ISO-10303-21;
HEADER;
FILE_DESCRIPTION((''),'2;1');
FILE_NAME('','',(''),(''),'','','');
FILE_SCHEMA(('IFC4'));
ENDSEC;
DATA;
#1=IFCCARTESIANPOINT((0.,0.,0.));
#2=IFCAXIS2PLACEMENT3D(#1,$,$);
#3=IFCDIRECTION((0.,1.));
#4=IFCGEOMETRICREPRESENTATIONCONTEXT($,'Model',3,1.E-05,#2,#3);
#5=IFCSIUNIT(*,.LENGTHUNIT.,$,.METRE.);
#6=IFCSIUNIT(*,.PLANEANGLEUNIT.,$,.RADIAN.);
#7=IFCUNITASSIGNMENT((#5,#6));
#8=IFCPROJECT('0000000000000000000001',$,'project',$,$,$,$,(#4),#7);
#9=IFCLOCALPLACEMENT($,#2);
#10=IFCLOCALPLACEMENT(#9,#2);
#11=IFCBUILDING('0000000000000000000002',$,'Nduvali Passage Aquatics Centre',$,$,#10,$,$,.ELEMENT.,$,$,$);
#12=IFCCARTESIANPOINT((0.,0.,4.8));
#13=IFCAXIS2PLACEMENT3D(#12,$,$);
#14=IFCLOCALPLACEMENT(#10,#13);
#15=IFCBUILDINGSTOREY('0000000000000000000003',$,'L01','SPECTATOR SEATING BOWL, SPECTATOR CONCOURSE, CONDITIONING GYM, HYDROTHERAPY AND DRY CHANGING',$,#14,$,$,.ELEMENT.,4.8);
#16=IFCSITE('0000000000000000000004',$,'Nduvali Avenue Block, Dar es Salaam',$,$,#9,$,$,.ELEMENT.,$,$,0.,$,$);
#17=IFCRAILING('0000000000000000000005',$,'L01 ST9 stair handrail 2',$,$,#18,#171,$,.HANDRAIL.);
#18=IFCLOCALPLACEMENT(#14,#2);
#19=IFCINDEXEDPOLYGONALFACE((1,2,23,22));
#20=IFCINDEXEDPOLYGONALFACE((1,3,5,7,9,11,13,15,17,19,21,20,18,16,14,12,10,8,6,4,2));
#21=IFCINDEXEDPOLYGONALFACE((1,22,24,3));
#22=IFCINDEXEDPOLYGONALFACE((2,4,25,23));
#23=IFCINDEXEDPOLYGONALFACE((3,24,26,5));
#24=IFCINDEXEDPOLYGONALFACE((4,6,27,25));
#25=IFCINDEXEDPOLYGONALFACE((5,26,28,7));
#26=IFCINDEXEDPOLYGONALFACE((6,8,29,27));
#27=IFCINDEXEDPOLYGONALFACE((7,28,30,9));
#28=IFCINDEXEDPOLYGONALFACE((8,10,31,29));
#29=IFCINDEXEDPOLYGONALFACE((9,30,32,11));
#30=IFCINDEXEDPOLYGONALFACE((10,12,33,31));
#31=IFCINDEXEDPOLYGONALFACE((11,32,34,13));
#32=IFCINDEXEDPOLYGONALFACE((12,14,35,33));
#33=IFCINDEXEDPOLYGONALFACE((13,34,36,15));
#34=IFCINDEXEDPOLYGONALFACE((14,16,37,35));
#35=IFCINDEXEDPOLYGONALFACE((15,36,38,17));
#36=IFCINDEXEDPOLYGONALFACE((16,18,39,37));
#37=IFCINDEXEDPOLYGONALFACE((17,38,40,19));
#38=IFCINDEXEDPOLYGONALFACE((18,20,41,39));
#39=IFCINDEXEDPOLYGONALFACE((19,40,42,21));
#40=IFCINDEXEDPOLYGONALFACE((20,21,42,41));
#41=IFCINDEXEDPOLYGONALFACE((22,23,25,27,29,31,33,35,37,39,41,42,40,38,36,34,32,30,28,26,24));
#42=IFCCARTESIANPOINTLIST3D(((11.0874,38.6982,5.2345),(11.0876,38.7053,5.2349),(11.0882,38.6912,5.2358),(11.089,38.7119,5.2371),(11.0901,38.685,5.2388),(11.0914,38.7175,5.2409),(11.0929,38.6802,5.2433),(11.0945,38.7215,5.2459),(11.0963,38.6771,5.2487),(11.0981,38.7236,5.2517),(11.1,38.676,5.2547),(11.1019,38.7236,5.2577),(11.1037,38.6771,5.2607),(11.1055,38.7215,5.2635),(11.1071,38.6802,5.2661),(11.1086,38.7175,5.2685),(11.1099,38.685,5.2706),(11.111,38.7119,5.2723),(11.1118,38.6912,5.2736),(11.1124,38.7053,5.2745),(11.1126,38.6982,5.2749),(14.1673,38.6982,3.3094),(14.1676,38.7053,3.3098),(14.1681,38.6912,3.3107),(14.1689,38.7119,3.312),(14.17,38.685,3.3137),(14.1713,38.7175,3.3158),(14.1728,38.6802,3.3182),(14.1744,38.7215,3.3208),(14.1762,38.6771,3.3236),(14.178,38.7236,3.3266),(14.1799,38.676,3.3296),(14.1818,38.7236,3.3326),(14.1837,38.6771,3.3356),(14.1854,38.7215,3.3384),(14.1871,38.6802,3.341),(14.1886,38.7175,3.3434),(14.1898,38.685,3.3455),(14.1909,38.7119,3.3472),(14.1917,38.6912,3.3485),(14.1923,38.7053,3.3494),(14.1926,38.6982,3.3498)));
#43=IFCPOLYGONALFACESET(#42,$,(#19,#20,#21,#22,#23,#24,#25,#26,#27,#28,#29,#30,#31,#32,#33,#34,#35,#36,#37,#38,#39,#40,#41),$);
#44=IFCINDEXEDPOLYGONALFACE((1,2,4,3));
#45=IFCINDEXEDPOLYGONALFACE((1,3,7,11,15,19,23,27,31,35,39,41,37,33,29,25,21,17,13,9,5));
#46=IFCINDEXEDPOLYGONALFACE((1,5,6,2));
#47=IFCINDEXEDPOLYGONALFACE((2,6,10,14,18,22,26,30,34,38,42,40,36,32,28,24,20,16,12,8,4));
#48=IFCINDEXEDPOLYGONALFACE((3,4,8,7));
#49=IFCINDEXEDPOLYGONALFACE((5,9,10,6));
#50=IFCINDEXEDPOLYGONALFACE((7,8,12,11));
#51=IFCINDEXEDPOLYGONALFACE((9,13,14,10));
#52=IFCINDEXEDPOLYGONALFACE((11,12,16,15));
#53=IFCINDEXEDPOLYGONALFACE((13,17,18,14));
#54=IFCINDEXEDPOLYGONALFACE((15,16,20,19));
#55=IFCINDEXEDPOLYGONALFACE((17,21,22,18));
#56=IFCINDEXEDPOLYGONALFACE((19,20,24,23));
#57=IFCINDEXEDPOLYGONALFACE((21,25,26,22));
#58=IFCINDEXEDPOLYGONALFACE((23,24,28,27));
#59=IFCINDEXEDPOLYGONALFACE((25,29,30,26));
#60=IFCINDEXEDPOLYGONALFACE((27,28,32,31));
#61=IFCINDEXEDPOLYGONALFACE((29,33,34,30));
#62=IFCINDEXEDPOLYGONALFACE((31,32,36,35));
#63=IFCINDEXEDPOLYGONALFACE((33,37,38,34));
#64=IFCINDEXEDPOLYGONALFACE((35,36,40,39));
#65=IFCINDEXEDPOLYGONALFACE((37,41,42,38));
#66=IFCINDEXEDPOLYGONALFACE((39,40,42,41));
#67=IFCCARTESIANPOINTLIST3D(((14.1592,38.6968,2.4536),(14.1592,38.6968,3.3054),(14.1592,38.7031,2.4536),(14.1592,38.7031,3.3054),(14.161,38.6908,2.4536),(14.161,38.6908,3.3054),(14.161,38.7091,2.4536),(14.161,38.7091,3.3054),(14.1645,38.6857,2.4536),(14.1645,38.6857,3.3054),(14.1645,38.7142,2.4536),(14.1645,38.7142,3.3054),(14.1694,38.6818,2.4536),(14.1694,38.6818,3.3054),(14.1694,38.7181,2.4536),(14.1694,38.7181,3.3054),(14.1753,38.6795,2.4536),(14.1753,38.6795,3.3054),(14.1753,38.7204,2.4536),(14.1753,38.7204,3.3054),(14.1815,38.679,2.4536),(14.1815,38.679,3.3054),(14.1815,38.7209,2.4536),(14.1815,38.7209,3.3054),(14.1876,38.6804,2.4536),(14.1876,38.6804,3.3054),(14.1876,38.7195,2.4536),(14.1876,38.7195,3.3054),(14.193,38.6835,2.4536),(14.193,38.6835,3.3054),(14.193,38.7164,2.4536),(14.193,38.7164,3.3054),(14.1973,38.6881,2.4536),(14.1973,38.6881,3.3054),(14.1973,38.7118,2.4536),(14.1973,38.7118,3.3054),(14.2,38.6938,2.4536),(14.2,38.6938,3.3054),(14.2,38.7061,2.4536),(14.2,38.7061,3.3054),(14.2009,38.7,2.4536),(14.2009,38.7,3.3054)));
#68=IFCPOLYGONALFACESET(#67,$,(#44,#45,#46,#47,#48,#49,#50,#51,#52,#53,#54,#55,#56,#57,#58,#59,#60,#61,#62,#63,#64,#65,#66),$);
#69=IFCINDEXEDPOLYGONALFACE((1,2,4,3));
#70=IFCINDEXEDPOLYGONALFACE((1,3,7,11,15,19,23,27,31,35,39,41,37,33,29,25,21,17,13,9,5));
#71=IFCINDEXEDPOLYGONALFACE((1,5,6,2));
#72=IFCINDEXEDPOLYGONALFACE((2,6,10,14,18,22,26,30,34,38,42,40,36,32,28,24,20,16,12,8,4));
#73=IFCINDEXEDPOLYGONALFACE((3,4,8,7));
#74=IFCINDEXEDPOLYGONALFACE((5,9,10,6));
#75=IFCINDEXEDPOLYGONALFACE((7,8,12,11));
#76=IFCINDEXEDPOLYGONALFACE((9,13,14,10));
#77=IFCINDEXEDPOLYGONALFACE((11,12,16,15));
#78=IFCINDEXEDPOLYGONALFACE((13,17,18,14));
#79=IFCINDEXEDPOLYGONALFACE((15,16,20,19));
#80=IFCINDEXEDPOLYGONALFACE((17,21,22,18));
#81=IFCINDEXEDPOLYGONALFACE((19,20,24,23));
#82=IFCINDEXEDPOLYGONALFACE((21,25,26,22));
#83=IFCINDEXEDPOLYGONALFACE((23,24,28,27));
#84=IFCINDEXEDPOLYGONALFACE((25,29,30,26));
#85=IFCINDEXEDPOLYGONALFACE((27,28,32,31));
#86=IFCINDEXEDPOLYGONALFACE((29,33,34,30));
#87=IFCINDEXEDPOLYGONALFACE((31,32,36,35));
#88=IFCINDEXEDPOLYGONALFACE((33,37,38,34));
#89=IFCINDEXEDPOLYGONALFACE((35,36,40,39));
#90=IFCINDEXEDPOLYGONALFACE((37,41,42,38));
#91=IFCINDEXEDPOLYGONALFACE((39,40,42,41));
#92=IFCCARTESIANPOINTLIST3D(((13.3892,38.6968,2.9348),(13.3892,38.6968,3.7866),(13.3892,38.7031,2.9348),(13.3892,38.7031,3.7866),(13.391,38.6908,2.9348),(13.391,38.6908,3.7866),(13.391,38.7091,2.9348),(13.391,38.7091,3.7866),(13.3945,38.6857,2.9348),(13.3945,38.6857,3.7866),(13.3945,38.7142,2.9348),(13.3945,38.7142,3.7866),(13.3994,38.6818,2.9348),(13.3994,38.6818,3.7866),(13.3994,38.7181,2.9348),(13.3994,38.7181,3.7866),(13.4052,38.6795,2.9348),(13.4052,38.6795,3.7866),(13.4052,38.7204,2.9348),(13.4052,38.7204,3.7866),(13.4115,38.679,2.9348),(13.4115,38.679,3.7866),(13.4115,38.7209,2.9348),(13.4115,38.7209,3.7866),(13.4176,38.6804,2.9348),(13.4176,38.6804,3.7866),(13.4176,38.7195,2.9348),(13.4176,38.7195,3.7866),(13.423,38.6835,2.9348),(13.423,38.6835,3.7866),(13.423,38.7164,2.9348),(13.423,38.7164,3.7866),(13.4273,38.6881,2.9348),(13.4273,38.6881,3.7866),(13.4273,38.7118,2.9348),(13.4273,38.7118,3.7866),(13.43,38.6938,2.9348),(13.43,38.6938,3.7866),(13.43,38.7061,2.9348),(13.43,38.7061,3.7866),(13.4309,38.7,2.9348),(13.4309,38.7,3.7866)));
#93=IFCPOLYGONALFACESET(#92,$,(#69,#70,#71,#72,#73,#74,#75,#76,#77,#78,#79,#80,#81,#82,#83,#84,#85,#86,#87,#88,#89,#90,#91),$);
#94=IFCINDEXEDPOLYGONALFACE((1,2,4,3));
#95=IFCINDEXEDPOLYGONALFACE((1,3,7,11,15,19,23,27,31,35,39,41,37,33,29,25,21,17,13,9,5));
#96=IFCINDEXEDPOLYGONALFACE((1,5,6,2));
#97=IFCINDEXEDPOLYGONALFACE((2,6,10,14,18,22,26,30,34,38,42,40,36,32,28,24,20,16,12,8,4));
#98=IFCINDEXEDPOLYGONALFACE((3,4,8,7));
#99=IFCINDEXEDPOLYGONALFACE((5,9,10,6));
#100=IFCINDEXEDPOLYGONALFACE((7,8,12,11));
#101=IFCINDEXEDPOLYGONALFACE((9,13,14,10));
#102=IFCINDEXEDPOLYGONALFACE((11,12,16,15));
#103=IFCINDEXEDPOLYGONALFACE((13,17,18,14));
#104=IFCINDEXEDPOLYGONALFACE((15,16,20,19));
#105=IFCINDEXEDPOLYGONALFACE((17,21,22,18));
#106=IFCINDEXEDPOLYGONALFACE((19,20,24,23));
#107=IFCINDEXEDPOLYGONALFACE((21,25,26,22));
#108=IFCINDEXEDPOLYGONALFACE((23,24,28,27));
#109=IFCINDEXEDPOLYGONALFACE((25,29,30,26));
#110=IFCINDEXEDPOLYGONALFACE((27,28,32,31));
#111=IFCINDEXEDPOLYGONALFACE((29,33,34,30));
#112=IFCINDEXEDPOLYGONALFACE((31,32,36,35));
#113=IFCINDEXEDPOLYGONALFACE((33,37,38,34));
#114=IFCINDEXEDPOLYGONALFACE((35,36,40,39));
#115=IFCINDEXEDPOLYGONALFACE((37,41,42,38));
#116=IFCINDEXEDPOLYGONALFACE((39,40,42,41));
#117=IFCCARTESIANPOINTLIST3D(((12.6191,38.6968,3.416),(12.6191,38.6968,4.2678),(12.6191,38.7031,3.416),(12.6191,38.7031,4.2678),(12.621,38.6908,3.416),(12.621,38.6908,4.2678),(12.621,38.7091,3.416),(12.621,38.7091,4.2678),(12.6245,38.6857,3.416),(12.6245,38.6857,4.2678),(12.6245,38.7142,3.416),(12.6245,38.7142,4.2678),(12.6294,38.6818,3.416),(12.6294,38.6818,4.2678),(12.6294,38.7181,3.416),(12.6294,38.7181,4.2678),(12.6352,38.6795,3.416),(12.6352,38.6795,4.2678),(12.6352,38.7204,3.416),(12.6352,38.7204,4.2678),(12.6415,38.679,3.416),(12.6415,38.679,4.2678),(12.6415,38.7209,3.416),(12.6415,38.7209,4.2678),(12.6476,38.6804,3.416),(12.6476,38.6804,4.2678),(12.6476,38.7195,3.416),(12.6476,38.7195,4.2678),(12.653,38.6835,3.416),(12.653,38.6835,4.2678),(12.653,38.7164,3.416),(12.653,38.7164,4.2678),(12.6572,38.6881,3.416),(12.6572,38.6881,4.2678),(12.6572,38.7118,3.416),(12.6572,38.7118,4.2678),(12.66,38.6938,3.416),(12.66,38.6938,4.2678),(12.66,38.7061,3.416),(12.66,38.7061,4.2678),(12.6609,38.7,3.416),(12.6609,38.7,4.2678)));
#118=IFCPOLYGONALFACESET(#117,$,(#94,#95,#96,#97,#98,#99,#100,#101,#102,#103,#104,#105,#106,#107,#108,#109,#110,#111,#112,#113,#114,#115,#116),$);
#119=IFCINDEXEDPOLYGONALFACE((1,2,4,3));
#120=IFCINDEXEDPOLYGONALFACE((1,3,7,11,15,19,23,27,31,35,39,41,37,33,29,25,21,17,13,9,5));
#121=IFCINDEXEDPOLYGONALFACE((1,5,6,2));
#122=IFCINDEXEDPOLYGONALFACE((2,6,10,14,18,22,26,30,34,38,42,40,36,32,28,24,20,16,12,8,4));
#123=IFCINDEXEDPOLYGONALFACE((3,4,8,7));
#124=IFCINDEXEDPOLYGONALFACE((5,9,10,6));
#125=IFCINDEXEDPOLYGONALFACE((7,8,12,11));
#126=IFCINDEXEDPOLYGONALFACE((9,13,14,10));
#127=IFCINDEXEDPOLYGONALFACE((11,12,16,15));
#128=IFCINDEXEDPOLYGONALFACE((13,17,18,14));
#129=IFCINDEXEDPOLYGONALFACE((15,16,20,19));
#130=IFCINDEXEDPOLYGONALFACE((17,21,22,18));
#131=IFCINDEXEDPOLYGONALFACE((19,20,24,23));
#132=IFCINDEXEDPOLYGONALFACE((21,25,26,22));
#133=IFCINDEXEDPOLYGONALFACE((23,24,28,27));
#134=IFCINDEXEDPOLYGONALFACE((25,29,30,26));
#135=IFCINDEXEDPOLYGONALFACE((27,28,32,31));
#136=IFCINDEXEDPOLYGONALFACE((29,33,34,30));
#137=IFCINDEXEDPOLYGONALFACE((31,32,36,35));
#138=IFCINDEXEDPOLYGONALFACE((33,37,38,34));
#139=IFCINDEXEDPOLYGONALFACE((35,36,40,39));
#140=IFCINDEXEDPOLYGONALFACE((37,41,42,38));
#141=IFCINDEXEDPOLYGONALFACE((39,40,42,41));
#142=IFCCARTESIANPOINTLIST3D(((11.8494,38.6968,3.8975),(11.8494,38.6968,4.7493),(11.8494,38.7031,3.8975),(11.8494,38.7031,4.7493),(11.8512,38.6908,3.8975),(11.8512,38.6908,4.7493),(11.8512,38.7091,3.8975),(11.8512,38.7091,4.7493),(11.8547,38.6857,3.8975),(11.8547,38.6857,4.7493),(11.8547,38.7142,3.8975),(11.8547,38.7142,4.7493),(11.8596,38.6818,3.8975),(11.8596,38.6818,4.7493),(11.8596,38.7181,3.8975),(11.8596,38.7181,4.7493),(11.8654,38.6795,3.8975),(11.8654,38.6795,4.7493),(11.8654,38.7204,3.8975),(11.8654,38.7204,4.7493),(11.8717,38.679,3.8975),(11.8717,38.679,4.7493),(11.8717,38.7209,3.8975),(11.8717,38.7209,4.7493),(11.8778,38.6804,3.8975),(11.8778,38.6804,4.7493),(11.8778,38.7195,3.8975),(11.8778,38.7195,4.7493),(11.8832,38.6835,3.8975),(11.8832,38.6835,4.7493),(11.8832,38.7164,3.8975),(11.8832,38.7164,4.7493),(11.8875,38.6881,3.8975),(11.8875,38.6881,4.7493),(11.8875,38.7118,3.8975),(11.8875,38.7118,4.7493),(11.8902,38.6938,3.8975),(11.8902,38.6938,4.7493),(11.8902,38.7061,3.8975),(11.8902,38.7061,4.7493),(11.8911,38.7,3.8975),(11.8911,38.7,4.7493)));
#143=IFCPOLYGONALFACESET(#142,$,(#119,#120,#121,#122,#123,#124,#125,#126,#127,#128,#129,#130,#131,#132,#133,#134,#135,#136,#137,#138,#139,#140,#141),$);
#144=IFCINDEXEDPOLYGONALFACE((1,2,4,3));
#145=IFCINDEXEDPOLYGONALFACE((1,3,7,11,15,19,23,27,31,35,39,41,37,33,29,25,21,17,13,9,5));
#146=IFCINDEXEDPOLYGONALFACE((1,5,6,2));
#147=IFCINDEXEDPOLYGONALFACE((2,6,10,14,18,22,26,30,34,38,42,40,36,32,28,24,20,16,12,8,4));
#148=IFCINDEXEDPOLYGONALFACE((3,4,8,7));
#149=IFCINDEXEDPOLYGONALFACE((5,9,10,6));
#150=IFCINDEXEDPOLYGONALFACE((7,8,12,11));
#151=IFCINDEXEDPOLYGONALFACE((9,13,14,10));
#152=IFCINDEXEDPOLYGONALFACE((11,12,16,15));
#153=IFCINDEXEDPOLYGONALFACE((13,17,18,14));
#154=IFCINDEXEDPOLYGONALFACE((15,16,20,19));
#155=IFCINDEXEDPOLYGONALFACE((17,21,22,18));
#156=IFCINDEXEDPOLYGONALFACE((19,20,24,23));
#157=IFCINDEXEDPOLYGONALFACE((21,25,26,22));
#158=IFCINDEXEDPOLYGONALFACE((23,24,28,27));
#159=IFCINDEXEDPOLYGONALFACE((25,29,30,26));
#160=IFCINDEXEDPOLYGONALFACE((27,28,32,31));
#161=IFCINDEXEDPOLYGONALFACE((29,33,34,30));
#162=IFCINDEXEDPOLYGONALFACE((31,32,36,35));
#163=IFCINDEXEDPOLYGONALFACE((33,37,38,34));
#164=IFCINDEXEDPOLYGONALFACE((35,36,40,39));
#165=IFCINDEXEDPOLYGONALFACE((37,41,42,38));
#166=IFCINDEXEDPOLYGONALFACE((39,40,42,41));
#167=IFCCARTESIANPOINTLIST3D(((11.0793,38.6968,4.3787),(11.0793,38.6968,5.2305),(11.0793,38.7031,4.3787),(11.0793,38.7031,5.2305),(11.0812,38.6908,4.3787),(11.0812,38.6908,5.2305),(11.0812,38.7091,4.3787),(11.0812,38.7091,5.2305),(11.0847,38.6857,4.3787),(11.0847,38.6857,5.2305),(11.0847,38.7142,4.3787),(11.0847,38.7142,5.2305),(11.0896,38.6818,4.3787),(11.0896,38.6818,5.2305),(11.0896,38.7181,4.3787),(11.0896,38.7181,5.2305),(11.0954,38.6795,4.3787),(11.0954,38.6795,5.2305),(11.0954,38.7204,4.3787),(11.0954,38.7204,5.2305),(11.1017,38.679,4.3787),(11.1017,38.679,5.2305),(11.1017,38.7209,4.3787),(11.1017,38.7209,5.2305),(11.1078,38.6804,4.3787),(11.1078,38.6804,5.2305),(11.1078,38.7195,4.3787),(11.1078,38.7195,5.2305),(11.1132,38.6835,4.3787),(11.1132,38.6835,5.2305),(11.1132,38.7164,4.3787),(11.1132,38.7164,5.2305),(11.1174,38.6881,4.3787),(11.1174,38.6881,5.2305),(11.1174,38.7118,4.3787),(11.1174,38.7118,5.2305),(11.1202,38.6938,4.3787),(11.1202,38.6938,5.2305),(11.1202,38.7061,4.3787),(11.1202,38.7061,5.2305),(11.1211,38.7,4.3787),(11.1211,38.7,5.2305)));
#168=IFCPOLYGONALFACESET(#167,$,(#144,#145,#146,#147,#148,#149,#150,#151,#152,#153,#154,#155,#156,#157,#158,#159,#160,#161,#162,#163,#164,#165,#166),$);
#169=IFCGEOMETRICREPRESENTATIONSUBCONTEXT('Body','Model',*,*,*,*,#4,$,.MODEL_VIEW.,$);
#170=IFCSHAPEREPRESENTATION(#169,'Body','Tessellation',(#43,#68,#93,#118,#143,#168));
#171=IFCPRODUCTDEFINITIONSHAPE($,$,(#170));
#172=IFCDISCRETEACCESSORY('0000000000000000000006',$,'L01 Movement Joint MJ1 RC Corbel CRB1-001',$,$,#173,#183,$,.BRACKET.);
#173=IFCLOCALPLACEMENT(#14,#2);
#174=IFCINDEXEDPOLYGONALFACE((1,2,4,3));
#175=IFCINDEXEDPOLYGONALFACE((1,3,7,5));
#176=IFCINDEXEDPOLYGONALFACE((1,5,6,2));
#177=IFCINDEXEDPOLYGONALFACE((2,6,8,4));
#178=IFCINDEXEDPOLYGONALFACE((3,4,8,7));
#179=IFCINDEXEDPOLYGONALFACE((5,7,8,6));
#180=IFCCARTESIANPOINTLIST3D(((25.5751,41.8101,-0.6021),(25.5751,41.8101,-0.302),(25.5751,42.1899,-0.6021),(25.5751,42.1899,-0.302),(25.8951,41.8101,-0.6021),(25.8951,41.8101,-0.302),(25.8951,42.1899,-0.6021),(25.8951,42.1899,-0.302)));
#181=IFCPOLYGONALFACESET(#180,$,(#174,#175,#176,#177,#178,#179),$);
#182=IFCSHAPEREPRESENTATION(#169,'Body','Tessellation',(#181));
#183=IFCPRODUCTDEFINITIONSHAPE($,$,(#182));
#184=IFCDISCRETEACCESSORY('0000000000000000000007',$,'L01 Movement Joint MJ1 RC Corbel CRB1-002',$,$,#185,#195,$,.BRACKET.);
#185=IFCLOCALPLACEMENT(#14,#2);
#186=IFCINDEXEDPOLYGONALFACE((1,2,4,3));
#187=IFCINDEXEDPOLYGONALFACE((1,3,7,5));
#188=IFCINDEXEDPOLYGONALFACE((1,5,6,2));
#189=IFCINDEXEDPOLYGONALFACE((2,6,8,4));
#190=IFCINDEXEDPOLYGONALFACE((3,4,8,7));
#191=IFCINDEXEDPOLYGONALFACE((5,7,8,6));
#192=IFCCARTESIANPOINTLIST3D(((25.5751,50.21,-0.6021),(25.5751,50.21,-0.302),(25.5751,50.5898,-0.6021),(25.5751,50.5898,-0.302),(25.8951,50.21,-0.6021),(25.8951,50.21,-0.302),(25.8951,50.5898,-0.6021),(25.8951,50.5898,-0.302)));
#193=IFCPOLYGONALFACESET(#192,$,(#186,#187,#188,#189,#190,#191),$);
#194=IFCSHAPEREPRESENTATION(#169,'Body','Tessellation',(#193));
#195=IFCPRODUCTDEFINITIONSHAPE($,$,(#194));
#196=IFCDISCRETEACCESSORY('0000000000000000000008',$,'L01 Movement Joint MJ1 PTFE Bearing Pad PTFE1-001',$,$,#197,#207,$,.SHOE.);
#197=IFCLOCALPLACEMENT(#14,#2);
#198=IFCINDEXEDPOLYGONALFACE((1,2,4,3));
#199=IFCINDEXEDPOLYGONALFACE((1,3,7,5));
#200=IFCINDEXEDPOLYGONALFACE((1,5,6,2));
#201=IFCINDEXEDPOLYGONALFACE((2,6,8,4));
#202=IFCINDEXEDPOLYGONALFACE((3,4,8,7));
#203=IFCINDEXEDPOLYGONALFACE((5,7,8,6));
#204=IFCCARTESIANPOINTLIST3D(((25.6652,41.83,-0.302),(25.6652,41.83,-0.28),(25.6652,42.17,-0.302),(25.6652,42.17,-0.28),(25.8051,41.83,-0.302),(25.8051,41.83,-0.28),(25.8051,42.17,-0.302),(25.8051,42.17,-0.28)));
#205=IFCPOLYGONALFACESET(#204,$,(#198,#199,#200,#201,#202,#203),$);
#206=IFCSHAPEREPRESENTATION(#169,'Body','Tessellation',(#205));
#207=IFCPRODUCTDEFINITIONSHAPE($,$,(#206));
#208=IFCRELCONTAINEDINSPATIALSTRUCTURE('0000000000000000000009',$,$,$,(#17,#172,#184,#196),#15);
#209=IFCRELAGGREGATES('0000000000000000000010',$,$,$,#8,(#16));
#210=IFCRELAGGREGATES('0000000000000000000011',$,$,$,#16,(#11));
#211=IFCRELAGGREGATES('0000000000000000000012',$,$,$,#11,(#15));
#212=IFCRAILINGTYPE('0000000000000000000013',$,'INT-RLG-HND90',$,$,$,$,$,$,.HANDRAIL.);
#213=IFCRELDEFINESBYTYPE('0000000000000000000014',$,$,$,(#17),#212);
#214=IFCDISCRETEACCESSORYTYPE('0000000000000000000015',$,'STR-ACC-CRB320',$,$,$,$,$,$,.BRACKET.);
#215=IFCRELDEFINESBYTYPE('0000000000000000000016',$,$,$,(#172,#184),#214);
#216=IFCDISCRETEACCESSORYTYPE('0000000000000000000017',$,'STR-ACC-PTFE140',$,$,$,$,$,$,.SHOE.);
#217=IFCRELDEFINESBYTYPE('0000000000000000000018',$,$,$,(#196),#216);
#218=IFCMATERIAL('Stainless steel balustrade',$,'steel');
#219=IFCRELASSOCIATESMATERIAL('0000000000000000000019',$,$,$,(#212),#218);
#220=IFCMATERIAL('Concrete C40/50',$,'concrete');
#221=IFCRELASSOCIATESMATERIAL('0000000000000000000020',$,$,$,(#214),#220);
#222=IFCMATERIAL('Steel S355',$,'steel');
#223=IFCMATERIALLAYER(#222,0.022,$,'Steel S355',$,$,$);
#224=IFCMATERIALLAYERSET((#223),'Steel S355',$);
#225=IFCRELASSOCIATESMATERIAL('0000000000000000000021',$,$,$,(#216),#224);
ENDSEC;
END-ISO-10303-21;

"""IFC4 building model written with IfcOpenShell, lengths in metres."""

from ifc_helpers import new_model, si_unit, direction, frame, origin, origin_2d, place, context, subcontext, project, spatial, rectangle, circle, extrude, material, layer, layer_set, type_object, element, save


model = new_model("IFC4")

# Units and contexts
model_context = context("Model", 3, precision=1e-05, world=origin(), true_north=direction((0.0, 1.0)))
body_context = subcontext(model_context, "Body", "Model", "MODEL_VIEW")
ifc_project = project(units=[si_unit("LENGTHUNIT", "METRE"), si_unit("PLANEANGLEUNIT", "RADIAN")], contexts=[model_context])

# Site, building, storey
site_placement = place(None, origin())
site = spatial("IfcSite", under=ifc_project, at=site_placement, Name="Nduvali Avenue Block, Dar es Salaam", CompositionType="ELEMENT", RefElevation=0.0)
building_placement = place(site_placement, origin())
building = spatial("IfcBuilding", under=site, at=building_placement, Name="Nduvali Passage Aquatics Centre", CompositionType="ELEMENT")
storey_placement = place(building_placement, frame((0.0, 0.0, 4.8)))
storey = spatial("IfcBuildingStorey", under=building, at=storey_placement, Name="L01", Description="SPECTATOR SEATING BOWL, SPECTATOR CONCOURSE, CONDITIONING GYM, HYDROTHERAPY AND DRY CHANGING", CompositionType="ELEMENT", Elevation=4.8)

# Shared definitions
ifc_material_1 = material(Name="Steel S355", Category="steel")
ifc_material_2 = material(Name="Concrete C40/50", Category="concrete")

# Railing
ifc_material_3 = material(Name="Stainless steel balustrade", Category="steel")
railing_type_1 = type_object("IfcRailingType", Name="INT-RLG-HND90", PredefinedType="HANDRAIL", material=ifc_material_3)
railing_1_placement = place(storey_placement, frame((14.1799, 38.7, 2.4536)))
element("IfcRailing", 1, at=railing_1_placement, inside=storey, type_object=railing_type_1, Name="L01 ST9 stair handrail 2", PredefinedType="HANDRAIL", context=body_context, shape_type="SweptSolid", body=[
    extrude(circle(Radius=0.0239, at=origin_2d()), frame((0.0, 0.0, 0.876), z_axis=(-0.847979, 0.0, 0.530029), x_axis=(0.0, -1.0, 0.0)), (0.0, 0.0, 1.0), 3.6321),
    extrude(circle(Radius=0.021, at=origin_2d()), origin(), (0.0, 0.0, 1.0), 0.8518),
    extrude(circle(Radius=0.021, at=origin_2d()), frame((-0.77, 0.0, 0.4812)), (0.0, 0.0, 1.0), 0.8518),
    extrude(circle(Radius=0.021, at=origin_2d()), frame((-1.54, 0.0, 0.9624)), (0.0, 0.0, 1.0), 0.8518),
    extrude(circle(Radius=0.021, at=origin_2d()), frame((-2.3098, 0.0, 1.4438)), (0.0, 0.0, 1.0), 0.8518),
    extrude(circle(Radius=0.021, at=origin_2d()), frame((-3.0798, 0.0, 1.925)), (0.0, 0.0, 1.0), 0.8518),
])

# Discrete accessories
discrete_accessory_type_1 = type_object("IfcDiscreteAccessoryType", Name="STR-ACC-CRB320", PredefinedType="BRACKET", material=ifc_material_2)
for number, where, z_axis, x_axis, name in (
    (2, (25.7351, 42.0, -0.6021), (0.0, 0.0, 1.0), (1.0, 0.0, 0.0), "L01 Movement Joint MJ1 RC Corbel CRB1-001"),
    (3, (25.7351, 50.3999, -0.6021), (0.0, 0.0, 1.0), (1.0, 0.0, 0.0), "L01 Movement Joint MJ1 RC Corbel CRB1-002"),
):
    element("IfcDiscreteAccessory", number, at=place(storey_placement, frame(where, z_axis=z_axis, x_axis=x_axis)), inside=storey, type_object=discrete_accessory_type_1, Name=name, PredefinedType="BRACKET", context=body_context, shape_type="SweptSolid", body=[
        extrude(rectangle(XDim=0.3201, YDim=0.3799, at=origin_2d()), origin(), (0.0, 0.0, 1.0), 0.3),
    ])
ifc_layer_1 = layer(ifc_material_1, 0.022, Name="Steel S355")
ifc_layer_set_1 = layer_set([ifc_layer_1], Name="Steel S355")
discrete_accessory_type_2 = type_object("IfcDiscreteAccessoryType", Name="STR-ACC-PTFE140", PredefinedType="SHOE", material=ifc_layer_set_1)
for number, where, z_axis, x_axis, name in (
    (4, (25.7351, 42.0, -0.302), (0.0, 0.0, 1.0), (1.0, 0.0, 0.0), "L01 Movement Joint MJ1 PTFE Bearing Pad PTFE1-001"),
):
    element("IfcDiscreteAccessory", number, at=place(storey_placement, frame(where, z_axis=z_axis, x_axis=x_axis)), inside=storey, type_object=discrete_accessory_type_2, Name=name, PredefinedType="SHOE", context=body_context, shape_type="SweptSolid", body=[
        extrude(rectangle(XDim=0.1399, YDim=0.3401, at=origin_2d()), origin(), (0.0, 0.0, 1.0), 0.022),
    ])

save(model, "model.ifc")
